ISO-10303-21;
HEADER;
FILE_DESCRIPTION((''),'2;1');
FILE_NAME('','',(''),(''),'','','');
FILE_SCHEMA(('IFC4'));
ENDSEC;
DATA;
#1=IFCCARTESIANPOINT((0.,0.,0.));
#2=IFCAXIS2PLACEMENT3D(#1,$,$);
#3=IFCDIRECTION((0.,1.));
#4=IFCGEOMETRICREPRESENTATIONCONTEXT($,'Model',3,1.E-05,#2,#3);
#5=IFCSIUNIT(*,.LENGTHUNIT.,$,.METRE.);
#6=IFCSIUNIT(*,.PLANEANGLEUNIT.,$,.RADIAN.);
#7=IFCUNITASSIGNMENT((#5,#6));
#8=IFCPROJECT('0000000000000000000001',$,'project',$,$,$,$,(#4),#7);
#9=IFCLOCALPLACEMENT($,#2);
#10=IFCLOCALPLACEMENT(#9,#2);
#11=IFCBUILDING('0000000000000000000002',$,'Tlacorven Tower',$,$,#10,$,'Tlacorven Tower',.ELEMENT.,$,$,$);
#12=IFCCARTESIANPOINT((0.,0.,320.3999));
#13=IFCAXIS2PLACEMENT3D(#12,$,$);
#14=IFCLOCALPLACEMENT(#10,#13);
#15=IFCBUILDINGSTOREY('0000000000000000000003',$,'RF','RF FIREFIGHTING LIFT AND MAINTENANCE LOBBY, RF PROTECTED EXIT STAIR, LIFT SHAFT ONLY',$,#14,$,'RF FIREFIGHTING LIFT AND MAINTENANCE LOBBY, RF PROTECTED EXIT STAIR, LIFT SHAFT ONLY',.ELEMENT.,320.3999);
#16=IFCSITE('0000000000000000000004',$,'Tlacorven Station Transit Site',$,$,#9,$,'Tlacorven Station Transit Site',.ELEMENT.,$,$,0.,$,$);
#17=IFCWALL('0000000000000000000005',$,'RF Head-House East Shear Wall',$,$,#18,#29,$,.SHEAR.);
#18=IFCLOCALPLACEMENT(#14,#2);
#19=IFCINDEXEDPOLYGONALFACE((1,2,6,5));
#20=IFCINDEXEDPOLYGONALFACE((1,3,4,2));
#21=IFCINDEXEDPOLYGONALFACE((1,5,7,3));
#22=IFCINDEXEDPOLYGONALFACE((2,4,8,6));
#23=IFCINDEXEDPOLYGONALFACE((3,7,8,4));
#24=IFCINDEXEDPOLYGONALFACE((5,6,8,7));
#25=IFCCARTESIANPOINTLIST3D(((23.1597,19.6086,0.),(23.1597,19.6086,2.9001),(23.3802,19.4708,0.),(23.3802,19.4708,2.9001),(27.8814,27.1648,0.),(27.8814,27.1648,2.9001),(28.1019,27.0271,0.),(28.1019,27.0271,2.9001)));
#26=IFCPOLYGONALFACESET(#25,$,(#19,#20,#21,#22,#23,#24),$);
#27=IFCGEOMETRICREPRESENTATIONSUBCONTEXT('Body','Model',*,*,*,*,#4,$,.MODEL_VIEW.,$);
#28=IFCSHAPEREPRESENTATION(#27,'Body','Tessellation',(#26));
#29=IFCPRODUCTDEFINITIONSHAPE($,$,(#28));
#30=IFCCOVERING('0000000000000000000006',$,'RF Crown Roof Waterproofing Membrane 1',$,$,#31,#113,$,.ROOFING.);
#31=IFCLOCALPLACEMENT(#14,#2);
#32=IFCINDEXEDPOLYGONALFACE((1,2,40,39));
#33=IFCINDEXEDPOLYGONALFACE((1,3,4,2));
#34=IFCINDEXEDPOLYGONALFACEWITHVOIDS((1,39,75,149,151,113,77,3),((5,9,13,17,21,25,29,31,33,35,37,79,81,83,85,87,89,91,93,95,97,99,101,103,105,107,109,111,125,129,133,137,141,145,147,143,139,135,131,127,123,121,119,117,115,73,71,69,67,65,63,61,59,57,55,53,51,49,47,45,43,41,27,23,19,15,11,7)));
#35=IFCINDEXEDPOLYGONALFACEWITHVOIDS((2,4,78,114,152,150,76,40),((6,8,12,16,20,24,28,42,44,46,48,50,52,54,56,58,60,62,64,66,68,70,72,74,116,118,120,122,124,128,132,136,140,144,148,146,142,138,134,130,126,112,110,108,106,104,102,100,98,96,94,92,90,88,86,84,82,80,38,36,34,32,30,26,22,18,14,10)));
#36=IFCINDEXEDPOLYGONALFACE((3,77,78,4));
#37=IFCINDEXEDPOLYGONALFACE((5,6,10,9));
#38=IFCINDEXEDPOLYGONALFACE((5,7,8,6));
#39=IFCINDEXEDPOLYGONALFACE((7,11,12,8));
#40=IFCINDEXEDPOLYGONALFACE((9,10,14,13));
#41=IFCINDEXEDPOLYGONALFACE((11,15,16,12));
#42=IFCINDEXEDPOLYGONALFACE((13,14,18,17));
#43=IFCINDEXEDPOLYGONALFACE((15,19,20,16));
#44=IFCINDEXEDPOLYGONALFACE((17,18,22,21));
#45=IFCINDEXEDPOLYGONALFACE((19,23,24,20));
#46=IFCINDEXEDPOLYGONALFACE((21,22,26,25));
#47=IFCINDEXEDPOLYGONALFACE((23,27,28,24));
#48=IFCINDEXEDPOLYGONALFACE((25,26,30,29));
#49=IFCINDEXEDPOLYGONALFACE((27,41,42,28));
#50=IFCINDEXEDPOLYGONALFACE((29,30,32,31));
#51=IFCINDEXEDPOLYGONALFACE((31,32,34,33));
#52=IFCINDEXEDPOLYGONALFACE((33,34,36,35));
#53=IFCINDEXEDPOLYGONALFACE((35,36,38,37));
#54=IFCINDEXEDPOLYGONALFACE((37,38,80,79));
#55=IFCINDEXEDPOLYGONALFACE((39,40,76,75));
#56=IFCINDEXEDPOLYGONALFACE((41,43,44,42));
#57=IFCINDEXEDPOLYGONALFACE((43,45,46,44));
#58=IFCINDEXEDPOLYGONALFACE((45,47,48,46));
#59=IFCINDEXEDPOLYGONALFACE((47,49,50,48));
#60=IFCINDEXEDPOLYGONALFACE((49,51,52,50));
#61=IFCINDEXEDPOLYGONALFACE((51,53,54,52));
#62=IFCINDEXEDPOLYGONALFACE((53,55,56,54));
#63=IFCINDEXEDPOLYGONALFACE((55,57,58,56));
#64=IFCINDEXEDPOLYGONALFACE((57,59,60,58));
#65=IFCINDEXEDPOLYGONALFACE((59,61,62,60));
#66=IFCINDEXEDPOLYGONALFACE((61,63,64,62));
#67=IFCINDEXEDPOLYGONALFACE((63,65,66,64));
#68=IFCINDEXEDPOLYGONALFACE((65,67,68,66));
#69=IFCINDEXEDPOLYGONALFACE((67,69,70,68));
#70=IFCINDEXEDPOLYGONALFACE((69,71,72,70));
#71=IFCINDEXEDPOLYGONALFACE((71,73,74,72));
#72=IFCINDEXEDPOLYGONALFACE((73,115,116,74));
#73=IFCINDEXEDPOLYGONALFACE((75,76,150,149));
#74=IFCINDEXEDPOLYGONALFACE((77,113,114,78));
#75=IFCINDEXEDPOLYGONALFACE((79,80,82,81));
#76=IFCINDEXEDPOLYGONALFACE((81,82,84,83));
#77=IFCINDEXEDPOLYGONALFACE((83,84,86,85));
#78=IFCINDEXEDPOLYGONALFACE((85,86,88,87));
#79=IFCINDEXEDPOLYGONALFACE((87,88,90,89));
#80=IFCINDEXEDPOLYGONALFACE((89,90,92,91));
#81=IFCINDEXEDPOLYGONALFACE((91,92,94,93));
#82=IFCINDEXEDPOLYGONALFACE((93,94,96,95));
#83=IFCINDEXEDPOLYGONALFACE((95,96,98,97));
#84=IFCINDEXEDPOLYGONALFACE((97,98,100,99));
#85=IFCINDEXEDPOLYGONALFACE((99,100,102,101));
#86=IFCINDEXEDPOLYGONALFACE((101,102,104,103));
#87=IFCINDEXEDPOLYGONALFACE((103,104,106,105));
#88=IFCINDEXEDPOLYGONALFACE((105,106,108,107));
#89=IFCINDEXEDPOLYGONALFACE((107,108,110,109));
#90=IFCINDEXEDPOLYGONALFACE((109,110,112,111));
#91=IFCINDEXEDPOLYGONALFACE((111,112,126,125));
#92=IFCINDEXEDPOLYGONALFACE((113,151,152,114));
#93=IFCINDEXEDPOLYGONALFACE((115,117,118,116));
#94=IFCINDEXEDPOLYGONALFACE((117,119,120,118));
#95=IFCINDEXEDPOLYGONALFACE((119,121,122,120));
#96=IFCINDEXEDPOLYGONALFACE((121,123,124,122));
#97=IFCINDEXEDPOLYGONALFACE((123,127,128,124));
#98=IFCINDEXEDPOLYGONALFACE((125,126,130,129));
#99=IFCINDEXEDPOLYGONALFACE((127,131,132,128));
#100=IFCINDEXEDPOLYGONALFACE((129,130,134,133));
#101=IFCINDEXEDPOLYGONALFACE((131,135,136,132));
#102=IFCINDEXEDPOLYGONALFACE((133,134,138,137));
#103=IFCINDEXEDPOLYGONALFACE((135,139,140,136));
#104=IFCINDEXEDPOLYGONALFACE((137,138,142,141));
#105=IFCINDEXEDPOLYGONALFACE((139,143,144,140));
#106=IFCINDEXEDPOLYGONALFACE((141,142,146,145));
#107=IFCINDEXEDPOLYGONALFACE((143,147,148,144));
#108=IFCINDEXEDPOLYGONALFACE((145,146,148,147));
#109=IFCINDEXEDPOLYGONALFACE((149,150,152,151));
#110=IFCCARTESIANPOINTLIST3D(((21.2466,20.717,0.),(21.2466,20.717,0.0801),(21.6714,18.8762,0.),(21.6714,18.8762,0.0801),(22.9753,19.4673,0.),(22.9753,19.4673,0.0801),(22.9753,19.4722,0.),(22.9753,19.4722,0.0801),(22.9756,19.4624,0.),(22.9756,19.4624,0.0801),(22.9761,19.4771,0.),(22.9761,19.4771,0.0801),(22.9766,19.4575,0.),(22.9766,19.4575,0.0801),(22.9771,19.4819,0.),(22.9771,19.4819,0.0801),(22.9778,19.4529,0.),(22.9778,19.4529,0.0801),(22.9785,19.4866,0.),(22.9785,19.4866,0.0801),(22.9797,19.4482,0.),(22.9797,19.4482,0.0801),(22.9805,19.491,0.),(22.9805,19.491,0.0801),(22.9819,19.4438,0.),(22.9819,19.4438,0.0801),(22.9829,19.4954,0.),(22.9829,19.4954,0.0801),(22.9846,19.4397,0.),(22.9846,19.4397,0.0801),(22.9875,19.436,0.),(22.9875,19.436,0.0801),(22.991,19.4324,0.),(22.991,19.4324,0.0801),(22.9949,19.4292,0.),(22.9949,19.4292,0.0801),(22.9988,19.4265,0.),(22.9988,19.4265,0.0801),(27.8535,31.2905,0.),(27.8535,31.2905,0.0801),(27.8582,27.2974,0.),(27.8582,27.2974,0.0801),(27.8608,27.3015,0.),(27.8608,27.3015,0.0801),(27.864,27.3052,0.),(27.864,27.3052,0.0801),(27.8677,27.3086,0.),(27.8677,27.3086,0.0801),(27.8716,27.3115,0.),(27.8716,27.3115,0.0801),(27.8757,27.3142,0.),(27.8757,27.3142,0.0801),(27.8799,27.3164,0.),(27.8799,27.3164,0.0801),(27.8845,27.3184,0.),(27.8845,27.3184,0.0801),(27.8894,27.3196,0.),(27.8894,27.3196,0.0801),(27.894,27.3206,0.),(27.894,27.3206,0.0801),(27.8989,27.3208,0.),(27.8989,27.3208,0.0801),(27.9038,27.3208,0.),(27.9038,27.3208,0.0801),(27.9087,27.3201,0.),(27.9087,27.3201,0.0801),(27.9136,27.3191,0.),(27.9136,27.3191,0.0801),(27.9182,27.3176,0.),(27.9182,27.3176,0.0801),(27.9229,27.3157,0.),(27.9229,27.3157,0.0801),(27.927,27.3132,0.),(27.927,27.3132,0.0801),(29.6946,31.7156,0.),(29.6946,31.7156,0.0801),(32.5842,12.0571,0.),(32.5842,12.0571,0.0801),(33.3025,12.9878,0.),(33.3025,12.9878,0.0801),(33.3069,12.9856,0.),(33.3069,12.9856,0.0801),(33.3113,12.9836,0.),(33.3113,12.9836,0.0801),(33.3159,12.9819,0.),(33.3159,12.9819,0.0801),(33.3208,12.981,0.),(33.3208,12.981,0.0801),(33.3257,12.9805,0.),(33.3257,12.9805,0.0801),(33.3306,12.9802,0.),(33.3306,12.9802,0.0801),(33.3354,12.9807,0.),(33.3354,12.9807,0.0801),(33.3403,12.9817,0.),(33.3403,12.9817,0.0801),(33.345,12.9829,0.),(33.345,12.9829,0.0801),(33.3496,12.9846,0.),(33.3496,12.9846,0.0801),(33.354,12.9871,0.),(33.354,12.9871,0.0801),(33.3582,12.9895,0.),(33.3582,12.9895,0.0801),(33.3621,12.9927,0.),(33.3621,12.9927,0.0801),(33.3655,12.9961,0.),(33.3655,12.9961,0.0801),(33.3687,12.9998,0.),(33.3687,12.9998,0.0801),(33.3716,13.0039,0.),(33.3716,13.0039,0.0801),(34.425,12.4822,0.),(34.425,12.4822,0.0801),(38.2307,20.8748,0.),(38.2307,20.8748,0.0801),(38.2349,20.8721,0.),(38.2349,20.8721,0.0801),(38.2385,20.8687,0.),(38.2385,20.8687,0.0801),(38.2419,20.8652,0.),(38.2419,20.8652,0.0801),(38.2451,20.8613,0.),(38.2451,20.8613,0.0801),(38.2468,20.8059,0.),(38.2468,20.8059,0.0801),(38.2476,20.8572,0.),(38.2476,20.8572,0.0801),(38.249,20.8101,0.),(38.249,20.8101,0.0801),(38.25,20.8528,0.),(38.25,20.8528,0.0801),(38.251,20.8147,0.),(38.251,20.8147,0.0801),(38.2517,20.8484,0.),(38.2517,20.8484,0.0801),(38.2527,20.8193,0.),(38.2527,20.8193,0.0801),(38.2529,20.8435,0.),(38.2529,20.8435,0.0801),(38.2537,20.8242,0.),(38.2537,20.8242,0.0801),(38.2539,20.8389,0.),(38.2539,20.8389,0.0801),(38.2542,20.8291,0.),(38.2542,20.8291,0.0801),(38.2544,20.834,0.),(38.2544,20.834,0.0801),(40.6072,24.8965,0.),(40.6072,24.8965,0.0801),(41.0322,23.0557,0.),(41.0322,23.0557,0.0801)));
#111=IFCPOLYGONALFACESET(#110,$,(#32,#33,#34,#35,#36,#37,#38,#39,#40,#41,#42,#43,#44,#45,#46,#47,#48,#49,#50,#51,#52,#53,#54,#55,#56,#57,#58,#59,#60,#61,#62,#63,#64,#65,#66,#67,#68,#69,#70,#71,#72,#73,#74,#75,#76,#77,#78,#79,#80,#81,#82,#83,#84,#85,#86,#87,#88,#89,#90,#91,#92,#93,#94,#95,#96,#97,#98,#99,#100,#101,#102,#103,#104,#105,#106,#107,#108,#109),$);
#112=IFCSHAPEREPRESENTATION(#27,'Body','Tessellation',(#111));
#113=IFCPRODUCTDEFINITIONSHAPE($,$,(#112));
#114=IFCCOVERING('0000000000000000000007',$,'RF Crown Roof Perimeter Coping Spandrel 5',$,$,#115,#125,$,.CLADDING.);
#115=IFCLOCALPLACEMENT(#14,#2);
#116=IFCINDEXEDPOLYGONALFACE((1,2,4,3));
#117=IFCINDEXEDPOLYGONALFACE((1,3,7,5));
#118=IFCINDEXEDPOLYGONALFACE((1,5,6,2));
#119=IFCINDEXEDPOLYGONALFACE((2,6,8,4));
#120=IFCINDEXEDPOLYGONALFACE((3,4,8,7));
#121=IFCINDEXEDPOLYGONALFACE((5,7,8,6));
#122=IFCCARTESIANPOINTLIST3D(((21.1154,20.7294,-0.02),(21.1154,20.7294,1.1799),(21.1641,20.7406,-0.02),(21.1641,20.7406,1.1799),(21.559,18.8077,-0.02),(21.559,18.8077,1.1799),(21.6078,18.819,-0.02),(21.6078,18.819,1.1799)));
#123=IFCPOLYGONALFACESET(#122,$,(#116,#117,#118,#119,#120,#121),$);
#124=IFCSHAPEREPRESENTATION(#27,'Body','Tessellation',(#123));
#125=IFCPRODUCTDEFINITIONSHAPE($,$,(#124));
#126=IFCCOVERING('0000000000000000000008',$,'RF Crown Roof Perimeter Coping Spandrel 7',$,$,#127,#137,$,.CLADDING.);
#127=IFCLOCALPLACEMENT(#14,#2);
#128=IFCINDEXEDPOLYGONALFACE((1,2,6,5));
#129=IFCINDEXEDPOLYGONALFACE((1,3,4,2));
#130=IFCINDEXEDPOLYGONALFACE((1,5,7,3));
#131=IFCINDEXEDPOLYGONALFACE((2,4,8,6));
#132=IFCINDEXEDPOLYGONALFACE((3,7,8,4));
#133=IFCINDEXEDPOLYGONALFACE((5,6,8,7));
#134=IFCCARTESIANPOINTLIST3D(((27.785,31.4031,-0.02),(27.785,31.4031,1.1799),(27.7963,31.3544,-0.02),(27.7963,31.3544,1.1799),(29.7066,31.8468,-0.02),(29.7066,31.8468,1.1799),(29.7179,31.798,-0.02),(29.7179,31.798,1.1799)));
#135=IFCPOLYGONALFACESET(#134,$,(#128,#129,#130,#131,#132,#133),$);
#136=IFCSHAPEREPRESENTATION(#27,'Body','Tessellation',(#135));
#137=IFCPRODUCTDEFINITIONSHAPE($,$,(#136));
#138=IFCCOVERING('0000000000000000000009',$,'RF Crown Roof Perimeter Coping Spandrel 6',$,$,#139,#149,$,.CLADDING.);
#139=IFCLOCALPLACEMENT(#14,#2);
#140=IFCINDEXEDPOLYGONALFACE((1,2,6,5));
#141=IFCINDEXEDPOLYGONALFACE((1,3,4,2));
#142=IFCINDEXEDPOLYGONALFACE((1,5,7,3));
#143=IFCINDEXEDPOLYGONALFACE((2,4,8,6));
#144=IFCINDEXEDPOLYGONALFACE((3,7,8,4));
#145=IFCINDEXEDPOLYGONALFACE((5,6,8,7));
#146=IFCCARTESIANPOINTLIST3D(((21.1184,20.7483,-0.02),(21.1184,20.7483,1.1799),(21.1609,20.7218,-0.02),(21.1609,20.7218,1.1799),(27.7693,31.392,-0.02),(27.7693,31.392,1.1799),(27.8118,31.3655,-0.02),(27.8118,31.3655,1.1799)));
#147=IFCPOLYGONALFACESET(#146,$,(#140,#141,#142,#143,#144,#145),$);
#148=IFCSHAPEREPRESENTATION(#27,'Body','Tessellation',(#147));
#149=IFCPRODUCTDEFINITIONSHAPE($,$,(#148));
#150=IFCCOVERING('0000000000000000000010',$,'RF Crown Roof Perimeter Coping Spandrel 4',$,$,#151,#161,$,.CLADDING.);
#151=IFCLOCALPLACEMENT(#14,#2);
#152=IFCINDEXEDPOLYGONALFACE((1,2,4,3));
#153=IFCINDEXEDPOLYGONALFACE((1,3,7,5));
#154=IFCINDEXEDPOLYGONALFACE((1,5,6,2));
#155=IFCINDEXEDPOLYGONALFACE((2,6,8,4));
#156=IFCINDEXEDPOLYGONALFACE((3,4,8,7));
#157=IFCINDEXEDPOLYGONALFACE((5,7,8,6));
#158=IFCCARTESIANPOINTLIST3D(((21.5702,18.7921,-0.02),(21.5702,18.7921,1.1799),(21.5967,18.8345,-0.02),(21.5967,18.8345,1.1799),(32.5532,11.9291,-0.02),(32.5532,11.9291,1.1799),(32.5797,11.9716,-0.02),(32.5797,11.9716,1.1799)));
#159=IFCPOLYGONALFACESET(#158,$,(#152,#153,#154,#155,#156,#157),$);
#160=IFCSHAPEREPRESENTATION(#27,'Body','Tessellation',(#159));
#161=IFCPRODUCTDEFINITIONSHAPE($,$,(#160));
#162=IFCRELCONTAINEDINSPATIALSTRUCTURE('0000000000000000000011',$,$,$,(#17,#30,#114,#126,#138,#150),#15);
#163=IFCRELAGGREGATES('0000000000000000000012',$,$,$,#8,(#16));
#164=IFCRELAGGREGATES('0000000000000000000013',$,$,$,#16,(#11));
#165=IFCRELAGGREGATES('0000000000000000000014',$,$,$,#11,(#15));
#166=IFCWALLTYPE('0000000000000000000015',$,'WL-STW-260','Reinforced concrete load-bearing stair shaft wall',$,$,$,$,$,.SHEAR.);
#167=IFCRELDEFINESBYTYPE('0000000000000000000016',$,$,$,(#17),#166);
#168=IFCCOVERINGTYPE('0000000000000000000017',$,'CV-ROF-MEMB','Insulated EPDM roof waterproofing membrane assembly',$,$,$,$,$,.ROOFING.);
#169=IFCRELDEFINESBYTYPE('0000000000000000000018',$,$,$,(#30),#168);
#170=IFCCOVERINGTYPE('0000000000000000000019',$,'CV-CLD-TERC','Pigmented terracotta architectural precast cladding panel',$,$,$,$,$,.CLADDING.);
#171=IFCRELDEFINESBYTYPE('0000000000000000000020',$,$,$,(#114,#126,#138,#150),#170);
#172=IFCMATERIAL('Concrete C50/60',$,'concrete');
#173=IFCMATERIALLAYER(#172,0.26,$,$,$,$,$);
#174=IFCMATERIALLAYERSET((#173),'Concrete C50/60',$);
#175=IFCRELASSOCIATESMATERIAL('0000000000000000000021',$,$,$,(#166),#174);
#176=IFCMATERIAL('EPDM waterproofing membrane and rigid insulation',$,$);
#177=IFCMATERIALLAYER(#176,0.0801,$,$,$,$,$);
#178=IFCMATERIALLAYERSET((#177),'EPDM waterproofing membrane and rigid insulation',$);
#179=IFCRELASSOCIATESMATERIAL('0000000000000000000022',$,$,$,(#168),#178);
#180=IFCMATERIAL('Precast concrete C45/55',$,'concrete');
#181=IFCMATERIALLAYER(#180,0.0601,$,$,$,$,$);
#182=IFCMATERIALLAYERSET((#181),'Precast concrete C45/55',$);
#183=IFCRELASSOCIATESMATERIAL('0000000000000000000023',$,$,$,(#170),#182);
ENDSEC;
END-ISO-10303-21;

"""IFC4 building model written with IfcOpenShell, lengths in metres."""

from ifc_helpers import new_model, si_unit, direction, frame, frame_2d, origin, origin_2d, place, context, subcontext, project, spatial, polyline, rectangle, outline, extrude, source, transform, mapped, material, layer, layer_set, type_object, element, save


model = new_model("IFC4")

# Units and contexts
model_context = context("Model", 3, precision=1e-05, world=origin(), true_north=direction((0.0, 1.0)))
body_context = subcontext(model_context, "Body", "Model", "MODEL_VIEW")
ifc_project = project(units=[si_unit("LENGTHUNIT", "METRE"), si_unit("PLANEANGLEUNIT", "RADIAN")], contexts=[model_context])

# Site, building, storey
site_placement = place(None, origin())
site = spatial("IfcSite", under=ifc_project, at=site_placement, Name="Tlacorven Station Transit Site", LongName="Tlacorven Station Transit Site", CompositionType="ELEMENT", RefElevation=0.0)
building_placement = place(site_placement, origin())
building = spatial("IfcBuilding", under=site, at=building_placement, Name="Tlacorven Tower", LongName="Tlacorven Tower", CompositionType="ELEMENT")
storey_placement = place(building_placement, frame((0.0, 0.0, 320.3999)))
storey = spatial("IfcBuildingStorey", under=building, at=storey_placement, Name="RF", Description="RF FIREFIGHTING LIFT AND MAINTENANCE LOBBY, RF PROTECTED EXIT STAIR, LIFT SHAFT ONLY", LongName="RF FIREFIGHTING LIFT AND MAINTENANCE LOBBY, RF PROTECTED EXIT STAIR, LIFT SHAFT ONLY", CompositionType="ELEMENT", Elevation=320.3999)

# Shared definitions
ifc_material_1 = material(Name="Precast concrete C45/55", Category="concrete")

# Shared definitions
ifc_material_2 = material(Name="Concrete C50/60", Category="concrete")
ifc_layer_1 = layer(ifc_material_2, 0.26)
ifc_layer_set_1 = layer_set([ifc_layer_1], Name="Concrete C50/60")
wall_type_1 = type_object("IfcWallType", Name="WL-STW-260", Description="Reinforced concrete load-bearing stair shaft wall", PredefinedType="SHEAR", material=ifc_layer_set_1)

# Wall
wall_1_placement = place(storey_placement, frame((27.9917, 27.0959, 0.0), z_axis=(0.0, 0.0, 1.0), x_axis=(-0.529925, -0.848044, 0.0)))
element("IfcWall", 1, at=wall_1_placement, inside=storey, type_object=wall_type_1, Name="RF Head-House East Shear Wall", PredefinedType="SHEAR", context=body_context, shape_type="SweptSolid", body=[
    extrude(rectangle(XDim=8.9102, YDim=0.26, at=frame_2d((4.4551, 0.0))), origin(), (0.0, 0.0, 1.0), 2.9001),
])

# Coverings
ifc_material_3 = material(Name="EPDM waterproofing membrane and rigid insulation")
ifc_layer_2 = layer(ifc_material_3, 0.0801)
ifc_layer_set_2 = layer_set([ifc_layer_2], Name="EPDM waterproofing membrane and rigid insulation")
covering_type_1 = type_object("IfcCoveringType", Name="CV-ROF-MEMB", Description="Insulated EPDM roof waterproofing membrane assembly", PredefinedType="ROOFING", material=ifc_layer_set_2)
covering_1_placement = place(storey_placement, origin())
element("IfcCovering", 2, at=covering_1_placement, inside=storey, type_object=covering_type_1, Name="RF Crown Roof Waterproofing Membrane 1", PredefinedType="ROOFING", context=body_context, shape_type="SweptSolid", body=[
    extrude(outline(polyline([(41.0322, 23.0557), (34.425, 12.4822), (32.5842, 12.0571), (21.6714, 18.8762), (21.2466, 20.717), (27.8535, 31.2905), (29.6946, 31.7156), (40.6072, 24.8965), (41.0322, 23.0557)]), holes=[polyline([(38.249, 20.8101), (38.251, 20.8147), (38.2527, 20.8193), (38.2537, 20.8242), (38.2542, 20.8291), (38.2544, 20.834), (38.2539, 20.8389), (38.2529, 20.8435), (38.2517, 20.8484), (38.25, 20.8528), (38.2476, 20.8572), (38.2451, 20.8613), (38.2419, 20.8652), (38.2385, 20.8687), (38.2349, 20.8721), (38.2307, 20.8748), (27.927, 27.3132), (27.9229, 27.3157), (27.9182, 27.3176), (27.9136, 27.3191), (27.9087, 27.3201), (27.9038, 27.3208), (27.8989, 27.3208), (27.894, 27.3206), (27.8894, 27.3196), (27.8845, 27.3184), (27.8799, 27.3164), (27.8757, 27.3142), (27.8716, 27.3115), (27.8677, 27.3086), (27.864, 27.3052), (27.8608, 27.3015), (27.8582, 27.2974), (22.9829, 19.4954), (22.9805, 19.491), (22.9785, 19.4866), (22.9771, 19.4819), (22.9761, 19.4771), (22.9753, 19.4722), (22.9753, 19.4673), (22.9756, 19.4624), (22.9766, 19.4575), (22.9778, 19.4529), (22.9797, 19.4482), (22.9819, 19.4438), (22.9846, 19.4397), (22.9875, 19.436), (22.991, 19.4324), (22.9949, 19.4292), (22.9988, 19.4265), (33.3025, 12.9878), (33.3069, 12.9856), (33.3113, 12.9836), (33.3159, 12.9819), (33.3208, 12.981), (33.3257, 12.9805), (33.3306, 12.9802), (33.3354, 12.9807), (33.3403, 12.9817), (33.345, 12.9829), (33.3496, 12.9846), (33.354, 12.9871), (33.3582, 12.9895), (33.3621, 12.9927), (33.3655, 12.9961), (33.3687, 12.9998), (33.3716, 13.0039), (38.2468, 20.8059), (38.249, 20.8101)])]), origin(), (0.0, 0.0, 1.0), 0.0801),
])
ifc_layer_3 = layer(ifc_material_1, 0.0601)
ifc_layer_set_3 = layer_set([ifc_layer_3], Name="Precast concrete C45/55")
covering_type_2 = type_object("IfcCoveringType", Name="CV-CLD-TERC", Description="Pigmented terracotta architectural precast cladding panel", PredefinedType="CLADDING", material=ifc_layer_set_3)
shared_shape_1 = source(origin(), body_context, "Body", "SweptSolid", [
    extrude(rectangle(XDim=1.9722, YDim=0.05, at=origin_2d()), origin(), (0.0, 0.0, 1.0), 1.2),
])
for number, where, z_axis, x_axis, name in (
    (3, (21.3616, 19.7742, -0.02), (0.0, 0.0, 1.0), (-0.224951, 0.97437, 0.0), "RF Crown Roof Perimeter Coping Spandrel 5"),
    (4, (28.7515, 31.6006, -0.02), (0.0, 0.0, 1.0), (0.97437, 0.224951, 0.0), "RF Crown Roof Perimeter Coping Spandrel 7"),
):
    element("IfcCovering", number, at=place(storey_placement, frame(where, z_axis=z_axis, x_axis=x_axis)), inside=storey, type_object=covering_type_2, Name=name, PredefinedType="CLADDING", context=body_context, shape_type="MappedRepresentation", body=[
        mapped(shared_shape_1, transform((0.0, 0.0, 0.0), scale=1.0)),
    ])
shared_shape_2 = source(origin(), body_context, "Body", "SweptSolid", [
    extrude(rectangle(XDim=12.5508, YDim=0.05, at=origin_2d()), origin(), (0.0, 0.0, 1.0), 1.2),
])
covering_2_placement = place(storey_placement, frame((24.4651, 26.0569, -0.02), z_axis=(0.0, 0.0, 1.0), x_axis=(0.529919, 0.848048, 0.0)))
element("IfcCovering", 5, at=covering_2_placement, inside=storey, type_object=covering_type_2, Name="RF Crown Roof Perimeter Coping Spandrel 6", PredefinedType="CLADDING", context=body_context, shape_type="MappedRepresentation", body=[
    mapped(shared_shape_2, transform((0.0, 0.0, 0.0), scale=1.0)),
])
shared_shape_3 = source(origin(), body_context, "Body", "SweptSolid", [
    extrude(rectangle(XDim=12.9509, YDim=0.05, at=origin_2d()), origin(), (0.0, 0.0, 1.0), 1.2),
])
covering_3_placement = place(storey_placement, frame((27.075, 15.3818, -0.02), z_axis=(0.0, 0.0, 1.0), x_axis=(-0.848048, 0.529919, 0.0)))
element("IfcCovering", 6, at=covering_3_placement, inside=storey, type_object=covering_type_2, Name="RF Crown Roof Perimeter Coping Spandrel 4", PredefinedType="CLADDING", context=body_context, shape_type="MappedRepresentation", body=[
    mapped(shared_shape_3, transform((0.0, 0.0, 0.0), scale=1.0)),
])

save(model, "model.ifc")
